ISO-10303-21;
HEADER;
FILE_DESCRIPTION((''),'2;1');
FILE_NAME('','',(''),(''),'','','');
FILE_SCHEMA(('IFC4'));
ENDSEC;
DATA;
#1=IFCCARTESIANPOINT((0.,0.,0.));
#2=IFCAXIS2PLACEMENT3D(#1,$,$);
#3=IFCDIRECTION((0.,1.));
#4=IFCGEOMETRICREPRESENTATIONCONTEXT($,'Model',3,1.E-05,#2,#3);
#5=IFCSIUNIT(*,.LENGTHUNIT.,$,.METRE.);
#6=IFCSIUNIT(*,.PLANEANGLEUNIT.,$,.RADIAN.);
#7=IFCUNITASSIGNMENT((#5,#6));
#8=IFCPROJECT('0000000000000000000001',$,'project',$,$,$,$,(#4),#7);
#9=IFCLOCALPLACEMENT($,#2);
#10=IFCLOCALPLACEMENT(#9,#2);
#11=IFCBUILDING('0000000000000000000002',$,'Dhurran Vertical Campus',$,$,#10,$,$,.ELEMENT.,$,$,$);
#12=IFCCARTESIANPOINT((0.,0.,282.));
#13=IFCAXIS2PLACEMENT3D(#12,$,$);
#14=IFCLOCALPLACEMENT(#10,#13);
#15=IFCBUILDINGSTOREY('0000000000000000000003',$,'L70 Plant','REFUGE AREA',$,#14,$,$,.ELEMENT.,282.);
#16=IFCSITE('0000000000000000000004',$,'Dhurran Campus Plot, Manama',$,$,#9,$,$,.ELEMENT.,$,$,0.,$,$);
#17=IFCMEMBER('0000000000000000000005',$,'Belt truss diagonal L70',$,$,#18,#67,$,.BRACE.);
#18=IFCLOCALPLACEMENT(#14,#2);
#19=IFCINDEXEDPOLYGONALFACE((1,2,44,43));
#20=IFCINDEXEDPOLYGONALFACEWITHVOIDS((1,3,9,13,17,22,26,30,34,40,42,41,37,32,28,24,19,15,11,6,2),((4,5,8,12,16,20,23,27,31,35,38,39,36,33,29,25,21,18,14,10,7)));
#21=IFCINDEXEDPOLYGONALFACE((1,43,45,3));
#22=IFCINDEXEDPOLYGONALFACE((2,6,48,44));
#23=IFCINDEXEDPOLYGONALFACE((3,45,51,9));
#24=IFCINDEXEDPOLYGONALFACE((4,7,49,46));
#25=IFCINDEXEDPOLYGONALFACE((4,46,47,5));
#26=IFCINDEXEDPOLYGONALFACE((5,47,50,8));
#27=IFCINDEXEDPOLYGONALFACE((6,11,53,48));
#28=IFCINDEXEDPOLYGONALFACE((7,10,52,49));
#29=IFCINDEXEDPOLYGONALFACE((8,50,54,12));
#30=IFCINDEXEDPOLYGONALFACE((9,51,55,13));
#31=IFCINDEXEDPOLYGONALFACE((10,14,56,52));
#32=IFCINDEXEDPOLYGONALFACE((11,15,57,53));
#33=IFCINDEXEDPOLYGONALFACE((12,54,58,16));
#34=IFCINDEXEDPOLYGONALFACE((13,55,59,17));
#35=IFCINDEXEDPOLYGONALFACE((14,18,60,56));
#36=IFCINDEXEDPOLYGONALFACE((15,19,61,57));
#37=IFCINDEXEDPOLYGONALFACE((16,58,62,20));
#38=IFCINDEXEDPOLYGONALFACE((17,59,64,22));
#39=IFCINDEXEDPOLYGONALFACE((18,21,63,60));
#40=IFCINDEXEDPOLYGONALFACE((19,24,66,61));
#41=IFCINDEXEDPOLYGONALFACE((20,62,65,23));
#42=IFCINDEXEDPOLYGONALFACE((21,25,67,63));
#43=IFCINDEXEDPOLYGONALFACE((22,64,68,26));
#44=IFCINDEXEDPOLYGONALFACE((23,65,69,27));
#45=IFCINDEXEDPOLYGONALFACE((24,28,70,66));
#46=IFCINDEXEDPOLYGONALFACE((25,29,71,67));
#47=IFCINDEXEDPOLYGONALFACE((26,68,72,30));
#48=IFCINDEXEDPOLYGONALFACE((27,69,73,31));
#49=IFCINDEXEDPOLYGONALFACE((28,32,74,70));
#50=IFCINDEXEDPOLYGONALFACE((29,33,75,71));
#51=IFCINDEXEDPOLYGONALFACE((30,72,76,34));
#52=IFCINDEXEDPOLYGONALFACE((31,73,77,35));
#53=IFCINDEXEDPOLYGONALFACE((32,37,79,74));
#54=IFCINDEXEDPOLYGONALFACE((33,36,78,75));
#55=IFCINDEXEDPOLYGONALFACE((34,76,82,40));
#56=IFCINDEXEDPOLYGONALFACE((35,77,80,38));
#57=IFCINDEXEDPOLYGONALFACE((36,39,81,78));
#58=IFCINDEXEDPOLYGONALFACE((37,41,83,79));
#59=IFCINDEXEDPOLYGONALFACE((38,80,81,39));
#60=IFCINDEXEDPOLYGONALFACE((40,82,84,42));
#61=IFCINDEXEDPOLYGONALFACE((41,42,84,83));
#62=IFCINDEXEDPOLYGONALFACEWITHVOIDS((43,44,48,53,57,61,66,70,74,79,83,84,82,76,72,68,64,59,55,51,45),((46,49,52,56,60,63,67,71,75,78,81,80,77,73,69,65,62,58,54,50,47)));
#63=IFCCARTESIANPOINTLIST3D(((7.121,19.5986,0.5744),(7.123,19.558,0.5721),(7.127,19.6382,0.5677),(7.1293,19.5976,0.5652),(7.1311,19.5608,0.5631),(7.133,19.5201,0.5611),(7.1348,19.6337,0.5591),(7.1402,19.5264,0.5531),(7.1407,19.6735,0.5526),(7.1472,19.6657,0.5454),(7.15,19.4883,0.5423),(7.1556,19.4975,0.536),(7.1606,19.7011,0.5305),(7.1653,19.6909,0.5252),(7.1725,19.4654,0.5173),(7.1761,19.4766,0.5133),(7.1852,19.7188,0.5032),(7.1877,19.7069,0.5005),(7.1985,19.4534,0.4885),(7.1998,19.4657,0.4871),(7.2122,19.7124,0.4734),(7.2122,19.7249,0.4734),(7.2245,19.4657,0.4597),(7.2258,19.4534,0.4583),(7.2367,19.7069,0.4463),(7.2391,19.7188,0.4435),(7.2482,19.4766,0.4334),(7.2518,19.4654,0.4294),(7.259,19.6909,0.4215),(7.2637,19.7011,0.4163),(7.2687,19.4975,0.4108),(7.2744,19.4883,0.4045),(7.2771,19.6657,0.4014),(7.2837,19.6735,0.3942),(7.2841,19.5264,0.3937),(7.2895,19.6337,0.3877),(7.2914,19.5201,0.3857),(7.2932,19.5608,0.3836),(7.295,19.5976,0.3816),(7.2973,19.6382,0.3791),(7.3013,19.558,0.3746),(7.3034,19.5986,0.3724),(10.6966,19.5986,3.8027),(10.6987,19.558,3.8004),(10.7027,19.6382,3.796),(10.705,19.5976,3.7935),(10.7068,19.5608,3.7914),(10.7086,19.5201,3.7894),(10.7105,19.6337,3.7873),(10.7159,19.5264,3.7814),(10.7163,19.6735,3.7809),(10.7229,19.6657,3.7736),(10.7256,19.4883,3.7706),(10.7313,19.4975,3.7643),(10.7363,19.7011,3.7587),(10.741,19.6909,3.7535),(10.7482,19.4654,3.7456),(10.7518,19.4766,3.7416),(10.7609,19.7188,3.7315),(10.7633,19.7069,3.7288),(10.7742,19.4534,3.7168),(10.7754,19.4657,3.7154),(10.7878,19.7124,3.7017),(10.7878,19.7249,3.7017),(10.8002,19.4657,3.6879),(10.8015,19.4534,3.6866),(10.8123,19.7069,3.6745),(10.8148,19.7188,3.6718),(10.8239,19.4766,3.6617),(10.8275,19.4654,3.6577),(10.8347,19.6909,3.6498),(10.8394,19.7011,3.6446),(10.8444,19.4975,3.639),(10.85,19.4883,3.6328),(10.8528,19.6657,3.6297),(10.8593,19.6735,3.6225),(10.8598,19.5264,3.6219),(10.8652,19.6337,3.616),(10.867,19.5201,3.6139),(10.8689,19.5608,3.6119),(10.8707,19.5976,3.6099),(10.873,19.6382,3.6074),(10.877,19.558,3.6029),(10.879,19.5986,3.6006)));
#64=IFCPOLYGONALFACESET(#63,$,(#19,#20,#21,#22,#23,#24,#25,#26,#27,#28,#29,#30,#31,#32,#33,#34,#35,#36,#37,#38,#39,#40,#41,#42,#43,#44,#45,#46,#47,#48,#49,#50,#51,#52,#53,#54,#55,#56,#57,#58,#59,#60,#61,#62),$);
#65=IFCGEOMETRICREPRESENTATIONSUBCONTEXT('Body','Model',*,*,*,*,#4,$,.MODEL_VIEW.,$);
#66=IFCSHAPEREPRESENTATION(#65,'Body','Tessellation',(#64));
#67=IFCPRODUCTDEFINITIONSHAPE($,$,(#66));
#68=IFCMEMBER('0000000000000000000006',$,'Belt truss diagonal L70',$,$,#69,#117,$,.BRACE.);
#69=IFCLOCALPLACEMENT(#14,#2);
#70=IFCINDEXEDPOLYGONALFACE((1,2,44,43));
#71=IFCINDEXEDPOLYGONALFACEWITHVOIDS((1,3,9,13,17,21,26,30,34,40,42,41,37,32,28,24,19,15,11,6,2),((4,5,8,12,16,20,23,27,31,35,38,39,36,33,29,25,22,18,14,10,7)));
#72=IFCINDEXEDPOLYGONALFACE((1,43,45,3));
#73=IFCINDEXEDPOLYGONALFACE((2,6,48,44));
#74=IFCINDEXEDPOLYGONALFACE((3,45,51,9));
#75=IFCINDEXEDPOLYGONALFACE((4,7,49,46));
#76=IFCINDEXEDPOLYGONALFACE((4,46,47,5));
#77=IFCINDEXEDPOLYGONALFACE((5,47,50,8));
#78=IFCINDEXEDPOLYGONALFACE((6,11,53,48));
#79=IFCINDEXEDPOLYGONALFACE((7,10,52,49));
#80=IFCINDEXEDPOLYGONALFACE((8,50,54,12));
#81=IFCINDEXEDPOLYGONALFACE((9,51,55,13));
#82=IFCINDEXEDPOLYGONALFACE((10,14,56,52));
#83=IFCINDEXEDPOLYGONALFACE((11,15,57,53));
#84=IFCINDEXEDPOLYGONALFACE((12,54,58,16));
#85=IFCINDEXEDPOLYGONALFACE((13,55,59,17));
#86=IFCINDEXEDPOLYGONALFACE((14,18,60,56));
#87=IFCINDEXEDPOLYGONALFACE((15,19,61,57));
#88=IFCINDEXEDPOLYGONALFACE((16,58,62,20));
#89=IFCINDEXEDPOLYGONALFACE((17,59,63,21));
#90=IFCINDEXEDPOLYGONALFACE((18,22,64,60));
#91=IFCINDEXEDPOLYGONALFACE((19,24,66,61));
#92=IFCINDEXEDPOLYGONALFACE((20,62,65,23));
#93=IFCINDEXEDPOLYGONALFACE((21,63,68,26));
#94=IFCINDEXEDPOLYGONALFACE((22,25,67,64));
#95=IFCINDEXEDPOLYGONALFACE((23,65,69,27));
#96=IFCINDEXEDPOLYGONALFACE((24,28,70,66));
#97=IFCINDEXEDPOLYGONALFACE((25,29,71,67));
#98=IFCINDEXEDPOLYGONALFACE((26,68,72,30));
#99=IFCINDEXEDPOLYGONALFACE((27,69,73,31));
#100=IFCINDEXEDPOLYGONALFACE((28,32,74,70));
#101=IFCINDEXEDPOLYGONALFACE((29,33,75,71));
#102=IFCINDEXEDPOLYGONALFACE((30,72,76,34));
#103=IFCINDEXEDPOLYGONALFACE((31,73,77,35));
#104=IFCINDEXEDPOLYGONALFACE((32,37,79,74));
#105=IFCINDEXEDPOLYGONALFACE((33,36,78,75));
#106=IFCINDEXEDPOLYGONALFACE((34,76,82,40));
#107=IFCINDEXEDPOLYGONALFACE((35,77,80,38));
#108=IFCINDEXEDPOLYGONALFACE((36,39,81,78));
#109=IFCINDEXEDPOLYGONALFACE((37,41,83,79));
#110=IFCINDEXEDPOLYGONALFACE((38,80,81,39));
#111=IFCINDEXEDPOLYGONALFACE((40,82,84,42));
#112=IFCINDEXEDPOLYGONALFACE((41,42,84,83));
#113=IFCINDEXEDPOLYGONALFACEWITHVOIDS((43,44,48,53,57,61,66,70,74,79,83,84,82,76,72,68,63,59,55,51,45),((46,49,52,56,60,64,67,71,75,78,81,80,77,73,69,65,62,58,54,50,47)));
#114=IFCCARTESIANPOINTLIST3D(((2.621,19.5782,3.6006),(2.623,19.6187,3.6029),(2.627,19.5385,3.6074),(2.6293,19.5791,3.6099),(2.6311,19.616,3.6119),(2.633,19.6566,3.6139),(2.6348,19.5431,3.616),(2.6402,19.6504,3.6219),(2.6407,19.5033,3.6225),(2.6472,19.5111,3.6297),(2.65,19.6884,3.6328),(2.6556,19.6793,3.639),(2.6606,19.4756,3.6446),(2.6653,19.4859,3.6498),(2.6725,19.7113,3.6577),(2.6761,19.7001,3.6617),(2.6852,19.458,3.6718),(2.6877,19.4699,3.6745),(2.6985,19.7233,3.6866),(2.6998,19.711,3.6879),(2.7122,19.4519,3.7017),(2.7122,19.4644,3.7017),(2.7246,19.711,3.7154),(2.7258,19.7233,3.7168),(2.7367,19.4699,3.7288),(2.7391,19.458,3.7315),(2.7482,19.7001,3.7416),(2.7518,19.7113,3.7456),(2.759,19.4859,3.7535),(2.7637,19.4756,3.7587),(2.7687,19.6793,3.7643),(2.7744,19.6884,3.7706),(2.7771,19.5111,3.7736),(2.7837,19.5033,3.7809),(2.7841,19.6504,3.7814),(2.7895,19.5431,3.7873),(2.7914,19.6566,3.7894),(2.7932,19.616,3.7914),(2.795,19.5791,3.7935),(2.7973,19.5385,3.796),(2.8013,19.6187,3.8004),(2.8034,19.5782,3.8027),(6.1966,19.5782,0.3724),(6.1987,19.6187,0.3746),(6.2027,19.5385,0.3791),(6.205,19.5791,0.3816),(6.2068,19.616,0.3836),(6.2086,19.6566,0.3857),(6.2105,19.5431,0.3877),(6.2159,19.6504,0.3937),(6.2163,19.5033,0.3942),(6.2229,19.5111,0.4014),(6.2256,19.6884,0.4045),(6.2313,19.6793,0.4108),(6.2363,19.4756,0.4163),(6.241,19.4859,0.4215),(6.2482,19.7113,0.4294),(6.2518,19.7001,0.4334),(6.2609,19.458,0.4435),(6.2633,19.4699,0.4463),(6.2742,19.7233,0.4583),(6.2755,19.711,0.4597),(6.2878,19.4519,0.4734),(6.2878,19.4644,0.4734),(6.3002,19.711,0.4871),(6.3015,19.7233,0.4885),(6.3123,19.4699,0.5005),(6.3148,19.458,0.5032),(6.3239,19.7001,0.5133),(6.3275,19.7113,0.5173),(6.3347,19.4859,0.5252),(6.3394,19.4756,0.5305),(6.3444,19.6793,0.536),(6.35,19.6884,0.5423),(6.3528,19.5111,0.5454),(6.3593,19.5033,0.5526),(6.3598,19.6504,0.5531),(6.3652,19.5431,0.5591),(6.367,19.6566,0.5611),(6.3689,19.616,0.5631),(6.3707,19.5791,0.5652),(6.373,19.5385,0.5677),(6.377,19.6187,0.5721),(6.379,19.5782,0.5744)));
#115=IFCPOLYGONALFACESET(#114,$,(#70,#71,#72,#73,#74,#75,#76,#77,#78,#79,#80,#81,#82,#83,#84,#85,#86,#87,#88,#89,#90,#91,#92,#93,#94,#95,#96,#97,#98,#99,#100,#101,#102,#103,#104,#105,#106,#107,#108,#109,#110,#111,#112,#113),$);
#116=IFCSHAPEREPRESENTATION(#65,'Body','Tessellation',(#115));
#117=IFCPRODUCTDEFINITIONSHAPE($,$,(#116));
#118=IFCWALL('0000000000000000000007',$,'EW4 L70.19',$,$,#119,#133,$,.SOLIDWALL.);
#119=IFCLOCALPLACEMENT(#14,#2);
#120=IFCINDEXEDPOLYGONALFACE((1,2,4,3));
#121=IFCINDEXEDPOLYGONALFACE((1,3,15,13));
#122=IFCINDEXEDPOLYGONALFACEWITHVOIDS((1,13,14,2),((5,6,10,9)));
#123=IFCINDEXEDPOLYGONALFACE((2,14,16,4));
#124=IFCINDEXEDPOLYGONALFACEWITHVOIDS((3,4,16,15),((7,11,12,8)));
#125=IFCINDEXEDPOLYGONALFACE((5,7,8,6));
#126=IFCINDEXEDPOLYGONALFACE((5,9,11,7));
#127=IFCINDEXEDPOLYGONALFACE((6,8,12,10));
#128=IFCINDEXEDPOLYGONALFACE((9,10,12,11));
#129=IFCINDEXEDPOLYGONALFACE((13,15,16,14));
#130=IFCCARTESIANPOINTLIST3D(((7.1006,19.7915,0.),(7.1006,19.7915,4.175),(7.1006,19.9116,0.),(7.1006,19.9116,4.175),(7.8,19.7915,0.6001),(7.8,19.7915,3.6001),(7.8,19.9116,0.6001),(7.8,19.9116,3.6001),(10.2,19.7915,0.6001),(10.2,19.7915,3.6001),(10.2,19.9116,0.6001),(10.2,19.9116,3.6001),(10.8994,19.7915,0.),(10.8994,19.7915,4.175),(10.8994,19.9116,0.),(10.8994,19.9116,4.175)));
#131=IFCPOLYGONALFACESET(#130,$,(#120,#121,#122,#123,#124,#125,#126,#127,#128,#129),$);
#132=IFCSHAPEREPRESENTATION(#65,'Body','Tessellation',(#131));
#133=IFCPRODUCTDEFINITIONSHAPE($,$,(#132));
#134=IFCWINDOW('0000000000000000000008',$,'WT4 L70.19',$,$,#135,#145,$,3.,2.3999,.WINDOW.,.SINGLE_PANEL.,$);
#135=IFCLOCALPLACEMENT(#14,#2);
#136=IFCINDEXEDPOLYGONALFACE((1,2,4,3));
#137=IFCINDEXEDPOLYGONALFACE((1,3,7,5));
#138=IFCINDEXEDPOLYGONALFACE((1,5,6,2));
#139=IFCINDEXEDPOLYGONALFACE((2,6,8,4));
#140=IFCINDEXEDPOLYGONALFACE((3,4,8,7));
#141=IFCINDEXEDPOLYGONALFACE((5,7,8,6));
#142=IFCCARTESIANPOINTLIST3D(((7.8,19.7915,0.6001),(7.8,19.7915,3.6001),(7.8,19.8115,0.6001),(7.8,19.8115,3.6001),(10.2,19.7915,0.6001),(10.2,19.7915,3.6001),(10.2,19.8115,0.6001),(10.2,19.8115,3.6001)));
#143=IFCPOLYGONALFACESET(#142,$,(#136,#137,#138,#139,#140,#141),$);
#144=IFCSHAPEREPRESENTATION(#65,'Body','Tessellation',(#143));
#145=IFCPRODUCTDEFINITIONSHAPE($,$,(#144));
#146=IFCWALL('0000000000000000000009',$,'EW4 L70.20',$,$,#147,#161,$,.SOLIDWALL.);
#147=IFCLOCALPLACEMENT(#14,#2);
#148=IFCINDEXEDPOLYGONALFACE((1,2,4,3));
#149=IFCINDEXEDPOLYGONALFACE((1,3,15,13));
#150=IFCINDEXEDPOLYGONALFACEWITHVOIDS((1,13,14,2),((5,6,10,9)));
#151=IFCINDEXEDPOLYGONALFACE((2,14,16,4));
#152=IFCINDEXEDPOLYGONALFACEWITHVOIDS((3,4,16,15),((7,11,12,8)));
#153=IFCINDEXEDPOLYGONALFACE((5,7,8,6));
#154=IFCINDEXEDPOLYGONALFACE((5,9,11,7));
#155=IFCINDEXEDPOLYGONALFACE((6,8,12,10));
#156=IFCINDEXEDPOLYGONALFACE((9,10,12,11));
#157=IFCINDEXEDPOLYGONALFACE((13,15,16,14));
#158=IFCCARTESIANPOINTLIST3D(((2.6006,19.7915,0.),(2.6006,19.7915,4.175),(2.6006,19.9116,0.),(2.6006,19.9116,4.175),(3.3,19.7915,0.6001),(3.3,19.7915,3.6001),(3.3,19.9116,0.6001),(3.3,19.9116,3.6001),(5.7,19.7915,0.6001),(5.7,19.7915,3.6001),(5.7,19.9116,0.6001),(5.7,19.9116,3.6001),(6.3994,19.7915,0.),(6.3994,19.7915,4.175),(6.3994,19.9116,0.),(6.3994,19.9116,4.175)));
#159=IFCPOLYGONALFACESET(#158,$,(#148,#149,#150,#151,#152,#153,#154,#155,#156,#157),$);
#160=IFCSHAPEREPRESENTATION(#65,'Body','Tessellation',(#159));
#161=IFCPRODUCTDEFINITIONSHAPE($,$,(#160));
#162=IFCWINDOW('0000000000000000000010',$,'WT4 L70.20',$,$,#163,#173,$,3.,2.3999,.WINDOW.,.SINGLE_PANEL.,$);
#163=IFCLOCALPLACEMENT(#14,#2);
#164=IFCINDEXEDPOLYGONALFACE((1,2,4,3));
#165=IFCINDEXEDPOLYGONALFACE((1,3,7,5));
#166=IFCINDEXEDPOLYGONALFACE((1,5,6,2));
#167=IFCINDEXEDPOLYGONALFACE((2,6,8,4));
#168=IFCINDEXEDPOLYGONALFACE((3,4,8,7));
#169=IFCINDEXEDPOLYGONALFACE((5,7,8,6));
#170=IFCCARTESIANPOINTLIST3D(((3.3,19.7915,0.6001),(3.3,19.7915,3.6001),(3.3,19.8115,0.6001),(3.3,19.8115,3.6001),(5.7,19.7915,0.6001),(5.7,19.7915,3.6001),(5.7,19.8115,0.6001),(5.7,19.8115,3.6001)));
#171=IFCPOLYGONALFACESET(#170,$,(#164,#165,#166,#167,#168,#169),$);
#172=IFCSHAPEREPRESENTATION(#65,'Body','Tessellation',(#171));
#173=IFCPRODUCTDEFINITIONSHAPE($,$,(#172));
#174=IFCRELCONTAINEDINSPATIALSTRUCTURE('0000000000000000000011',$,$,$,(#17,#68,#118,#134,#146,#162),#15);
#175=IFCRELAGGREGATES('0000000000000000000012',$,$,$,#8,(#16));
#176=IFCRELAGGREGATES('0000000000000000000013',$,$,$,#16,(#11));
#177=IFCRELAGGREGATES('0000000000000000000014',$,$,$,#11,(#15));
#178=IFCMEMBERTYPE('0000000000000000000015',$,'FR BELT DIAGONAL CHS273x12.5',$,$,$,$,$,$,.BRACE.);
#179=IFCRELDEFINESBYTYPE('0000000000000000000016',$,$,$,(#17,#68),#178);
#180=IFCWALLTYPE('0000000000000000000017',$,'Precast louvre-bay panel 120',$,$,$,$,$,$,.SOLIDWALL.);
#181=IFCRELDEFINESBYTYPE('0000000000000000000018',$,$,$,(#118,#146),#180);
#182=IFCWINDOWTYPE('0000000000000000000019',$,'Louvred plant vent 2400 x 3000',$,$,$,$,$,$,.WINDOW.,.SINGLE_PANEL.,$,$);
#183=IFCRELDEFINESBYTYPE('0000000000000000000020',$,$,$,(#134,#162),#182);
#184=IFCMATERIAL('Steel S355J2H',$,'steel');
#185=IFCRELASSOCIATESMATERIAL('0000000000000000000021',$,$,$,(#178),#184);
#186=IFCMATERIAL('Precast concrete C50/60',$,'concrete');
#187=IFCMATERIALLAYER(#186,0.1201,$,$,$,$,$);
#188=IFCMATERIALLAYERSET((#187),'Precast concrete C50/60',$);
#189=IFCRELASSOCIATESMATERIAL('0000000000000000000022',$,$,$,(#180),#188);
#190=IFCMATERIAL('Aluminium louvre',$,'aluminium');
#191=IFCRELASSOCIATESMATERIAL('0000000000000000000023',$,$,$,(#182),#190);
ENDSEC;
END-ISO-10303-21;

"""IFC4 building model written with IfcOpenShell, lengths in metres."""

from ifc_helpers import new_model, si_unit, direction, frame, frame_2d, origin, origin_2d, place, context, subcontext, project, spatial, rectangle, hollow_circle, extrude, material, layer, layer_set, material_profile, profile_set, type_object, element, fill, save


model = new_model("IFC4")

# Units and contexts
model_context = context("Model", 3, precision=1e-05, world=origin(), true_north=direction((0.0, 1.0)))
body_context = subcontext(model_context, "Body", "Model", "MODEL_VIEW")
ifc_project = project(units=[si_unit("LENGTHUNIT", "METRE"), si_unit("PLANEANGLEUNIT", "RADIAN")], contexts=[model_context])

# Site, building, storey
site_placement = place(None, origin())
site = spatial("IfcSite", under=ifc_project, at=site_placement, Name="Dhurran Campus Plot, Manama", CompositionType="ELEMENT", RefElevation=0.0)
building_placement = place(site_placement, origin())
building = spatial("IfcBuilding", under=site, at=building_placement, Name="Dhurran Vertical Campus", CompositionType="ELEMENT")
storey_placement = place(building_placement, frame((0.0, 0.0, 282.0)))
storey = spatial("IfcBuildingStorey", under=building, at=storey_placement, Name="L70 Plant", Description="REFUGE AREA", CompositionType="ELEMENT", Elevation=282.0)

# Members
ifc_material_1 = material(Name="Steel S355J2H", Category="steel")
ifc_material_profile_1 = material_profile(ifc_material_1, hollow_circle(Radius=0.1365, WallThickness=0.0125, at=origin_2d()), Name="CHS273x12.5")
ifc_profile_set_1 = profile_set([ifc_material_profile_1], Name="Steel S355J2H")
member_type = type_object("IfcMemberType", Name="FR BELT DIAGONAL CHS273x12.5", PredefinedType="BRACE", material=ifc_profile_set_1)
for number, where, z_axis, x_axis, name in (
    (1, (7.2122, 19.5884, 0.4734), (0.742245, 0.0, 0.670129), (0.0, 1.0, 0.0), "Belt truss diagonal L70"),
    (2, (6.2878, 19.5884, 0.4734), (-0.742245, 0.0, 0.670129), (0.0, -1.0, 0.0), "Belt truss diagonal L70"),
):
    element("IfcMember", number, at=place(storey_placement, frame(where, z_axis=z_axis, x_axis=x_axis)), inside=storey, type_object=member_type, Name=name, PredefinedType="BRACE", context=body_context, shape_type="SweptSolid", body=[
        extrude(hollow_circle(Radius=0.1365, WallThickness=0.0125, at=origin_2d()), origin(), (0.0, 0.0, 1.0), 4.8174),
    ])

# Walls, openings, windows
ifc_material_2 = material(Name="Precast concrete C50/60", Category="concrete")
ifc_layer = layer(ifc_material_2, 0.1201)
ifc_layer_set = layer_set([ifc_layer], Name="Precast concrete C50/60")
wall_type = type_object("IfcWallType", Name="Precast louvre-bay panel 120", PredefinedType="SOLIDWALL", material=ifc_layer_set)
wall_1_placement = place(storey_placement, frame((10.8994, 19.8516, 0.0), z_axis=(0.0, 0.0, 1.0), x_axis=(-1.0, 0.0, 0.0)))
wall_1 = element("IfcWall", 3, at=wall_1_placement, inside=storey, type_object=wall_type, Name="EW4 L70.19", PredefinedType="SOLIDWALL", context=body_context, shape_type="SweptSolid", body=[
    extrude(rectangle(XDim=3.7988, YDim=0.1201, at=frame_2d((1.8994, 0.0))), origin(), (0.0, 0.0, 1.0), 4.175),
])
opening_1_placement = place(wall_1_placement, frame((0.6995, 0.0, 0.6001)))
opening_1 = element("IfcOpeningElement", 4, at=opening_1_placement, cuts=wall_1, PredefinedType="OPENING", context=body_context, shape_type="SweptSolid", body=[
    extrude(rectangle(XDim=2.3999, YDim=3.0, at=frame_2d((1.2, 1.5))), frame((0.0, 0.0701, 0.0), z_axis=(0.0, -1.0, 0.0), x_axis=(1.0, 0.0, 0.0)), (0.0, 0.0, 1.0), 0.1401),
])
ifc_material_3 = material(Name="Aluminium louvre", Category="aluminium")
window_type = type_object("IfcWindowType", Name="Louvred plant vent 2400 x 3000", PartitioningType="SINGLE_PANEL", PredefinedType="WINDOW", material=ifc_material_3)
window_1_placement = place(opening_1_placement, origin())
window_1 = element("IfcWindow", 5, at=window_1_placement, inside=storey, type_object=window_type, Name="WT4 L70.19", OverallHeight=3.0, OverallWidth=2.3999, PartitioningType="SINGLE_PANEL", PredefinedType="WINDOW", context=body_context, shape_type="SweptSolid", body=[
    extrude(rectangle(XDim=2.3999, YDim=3.0, at=frame_2d((1.2, 1.5))), frame((0.0, 0.0601, 0.0), z_axis=(0.0, -1.0, 0.0), x_axis=(1.0, 0.0, 0.0)), (0.0, 0.0, 1.0), 0.02),
])
fill(opening_1, window_1)
wall_2_placement = place(storey_placement, frame((6.3994, 19.8516, 0.0), z_axis=(0.0, 0.0, 1.0), x_axis=(-1.0, 0.0, 0.0)))
wall_2 = element("IfcWall", 6, at=wall_2_placement, inside=storey, type_object=wall_type, Name="EW4 L70.20", PredefinedType="SOLIDWALL", context=body_context, shape_type="SweptSolid", body=[
    extrude(rectangle(XDim=3.7988, YDim=0.1201, at=frame_2d((1.8994, 0.0))), origin(), (0.0, 0.0, 1.0), 4.175),
])
opening_2_placement = place(wall_2_placement, frame((0.6995, 0.0, 0.6001)))
opening_2 = element("IfcOpeningElement", 7, at=opening_2_placement, cuts=wall_2, PredefinedType="OPENING", context=body_context, shape_type="SweptSolid", body=[
    extrude(rectangle(XDim=2.3999, YDim=3.0, at=frame_2d((1.2, 1.5))), frame((0.0, 0.0701, 0.0), z_axis=(0.0, -1.0, 0.0), x_axis=(1.0, 0.0, 0.0)), (0.0, 0.0, 1.0), 0.1401),
])
window_2_placement = place(opening_2_placement, origin())
window_2 = element("IfcWindow", 8, at=window_2_placement, inside=storey, type_object=window_type, Name="WT4 L70.20", OverallHeight=3.0, OverallWidth=2.3999, PartitioningType="SINGLE_PANEL", PredefinedType="WINDOW", context=body_context, shape_type="SweptSolid", body=[
    extrude(rectangle(XDim=2.3999, YDim=3.0, at=frame_2d((1.2, 1.5))), frame((0.0, 0.0601, 0.0), z_axis=(0.0, -1.0, 0.0), x_axis=(1.0, 0.0, 0.0)), (0.0, 0.0, 1.0), 0.02),
])
fill(opening_2, window_2)

save(model, "model.ifc")
